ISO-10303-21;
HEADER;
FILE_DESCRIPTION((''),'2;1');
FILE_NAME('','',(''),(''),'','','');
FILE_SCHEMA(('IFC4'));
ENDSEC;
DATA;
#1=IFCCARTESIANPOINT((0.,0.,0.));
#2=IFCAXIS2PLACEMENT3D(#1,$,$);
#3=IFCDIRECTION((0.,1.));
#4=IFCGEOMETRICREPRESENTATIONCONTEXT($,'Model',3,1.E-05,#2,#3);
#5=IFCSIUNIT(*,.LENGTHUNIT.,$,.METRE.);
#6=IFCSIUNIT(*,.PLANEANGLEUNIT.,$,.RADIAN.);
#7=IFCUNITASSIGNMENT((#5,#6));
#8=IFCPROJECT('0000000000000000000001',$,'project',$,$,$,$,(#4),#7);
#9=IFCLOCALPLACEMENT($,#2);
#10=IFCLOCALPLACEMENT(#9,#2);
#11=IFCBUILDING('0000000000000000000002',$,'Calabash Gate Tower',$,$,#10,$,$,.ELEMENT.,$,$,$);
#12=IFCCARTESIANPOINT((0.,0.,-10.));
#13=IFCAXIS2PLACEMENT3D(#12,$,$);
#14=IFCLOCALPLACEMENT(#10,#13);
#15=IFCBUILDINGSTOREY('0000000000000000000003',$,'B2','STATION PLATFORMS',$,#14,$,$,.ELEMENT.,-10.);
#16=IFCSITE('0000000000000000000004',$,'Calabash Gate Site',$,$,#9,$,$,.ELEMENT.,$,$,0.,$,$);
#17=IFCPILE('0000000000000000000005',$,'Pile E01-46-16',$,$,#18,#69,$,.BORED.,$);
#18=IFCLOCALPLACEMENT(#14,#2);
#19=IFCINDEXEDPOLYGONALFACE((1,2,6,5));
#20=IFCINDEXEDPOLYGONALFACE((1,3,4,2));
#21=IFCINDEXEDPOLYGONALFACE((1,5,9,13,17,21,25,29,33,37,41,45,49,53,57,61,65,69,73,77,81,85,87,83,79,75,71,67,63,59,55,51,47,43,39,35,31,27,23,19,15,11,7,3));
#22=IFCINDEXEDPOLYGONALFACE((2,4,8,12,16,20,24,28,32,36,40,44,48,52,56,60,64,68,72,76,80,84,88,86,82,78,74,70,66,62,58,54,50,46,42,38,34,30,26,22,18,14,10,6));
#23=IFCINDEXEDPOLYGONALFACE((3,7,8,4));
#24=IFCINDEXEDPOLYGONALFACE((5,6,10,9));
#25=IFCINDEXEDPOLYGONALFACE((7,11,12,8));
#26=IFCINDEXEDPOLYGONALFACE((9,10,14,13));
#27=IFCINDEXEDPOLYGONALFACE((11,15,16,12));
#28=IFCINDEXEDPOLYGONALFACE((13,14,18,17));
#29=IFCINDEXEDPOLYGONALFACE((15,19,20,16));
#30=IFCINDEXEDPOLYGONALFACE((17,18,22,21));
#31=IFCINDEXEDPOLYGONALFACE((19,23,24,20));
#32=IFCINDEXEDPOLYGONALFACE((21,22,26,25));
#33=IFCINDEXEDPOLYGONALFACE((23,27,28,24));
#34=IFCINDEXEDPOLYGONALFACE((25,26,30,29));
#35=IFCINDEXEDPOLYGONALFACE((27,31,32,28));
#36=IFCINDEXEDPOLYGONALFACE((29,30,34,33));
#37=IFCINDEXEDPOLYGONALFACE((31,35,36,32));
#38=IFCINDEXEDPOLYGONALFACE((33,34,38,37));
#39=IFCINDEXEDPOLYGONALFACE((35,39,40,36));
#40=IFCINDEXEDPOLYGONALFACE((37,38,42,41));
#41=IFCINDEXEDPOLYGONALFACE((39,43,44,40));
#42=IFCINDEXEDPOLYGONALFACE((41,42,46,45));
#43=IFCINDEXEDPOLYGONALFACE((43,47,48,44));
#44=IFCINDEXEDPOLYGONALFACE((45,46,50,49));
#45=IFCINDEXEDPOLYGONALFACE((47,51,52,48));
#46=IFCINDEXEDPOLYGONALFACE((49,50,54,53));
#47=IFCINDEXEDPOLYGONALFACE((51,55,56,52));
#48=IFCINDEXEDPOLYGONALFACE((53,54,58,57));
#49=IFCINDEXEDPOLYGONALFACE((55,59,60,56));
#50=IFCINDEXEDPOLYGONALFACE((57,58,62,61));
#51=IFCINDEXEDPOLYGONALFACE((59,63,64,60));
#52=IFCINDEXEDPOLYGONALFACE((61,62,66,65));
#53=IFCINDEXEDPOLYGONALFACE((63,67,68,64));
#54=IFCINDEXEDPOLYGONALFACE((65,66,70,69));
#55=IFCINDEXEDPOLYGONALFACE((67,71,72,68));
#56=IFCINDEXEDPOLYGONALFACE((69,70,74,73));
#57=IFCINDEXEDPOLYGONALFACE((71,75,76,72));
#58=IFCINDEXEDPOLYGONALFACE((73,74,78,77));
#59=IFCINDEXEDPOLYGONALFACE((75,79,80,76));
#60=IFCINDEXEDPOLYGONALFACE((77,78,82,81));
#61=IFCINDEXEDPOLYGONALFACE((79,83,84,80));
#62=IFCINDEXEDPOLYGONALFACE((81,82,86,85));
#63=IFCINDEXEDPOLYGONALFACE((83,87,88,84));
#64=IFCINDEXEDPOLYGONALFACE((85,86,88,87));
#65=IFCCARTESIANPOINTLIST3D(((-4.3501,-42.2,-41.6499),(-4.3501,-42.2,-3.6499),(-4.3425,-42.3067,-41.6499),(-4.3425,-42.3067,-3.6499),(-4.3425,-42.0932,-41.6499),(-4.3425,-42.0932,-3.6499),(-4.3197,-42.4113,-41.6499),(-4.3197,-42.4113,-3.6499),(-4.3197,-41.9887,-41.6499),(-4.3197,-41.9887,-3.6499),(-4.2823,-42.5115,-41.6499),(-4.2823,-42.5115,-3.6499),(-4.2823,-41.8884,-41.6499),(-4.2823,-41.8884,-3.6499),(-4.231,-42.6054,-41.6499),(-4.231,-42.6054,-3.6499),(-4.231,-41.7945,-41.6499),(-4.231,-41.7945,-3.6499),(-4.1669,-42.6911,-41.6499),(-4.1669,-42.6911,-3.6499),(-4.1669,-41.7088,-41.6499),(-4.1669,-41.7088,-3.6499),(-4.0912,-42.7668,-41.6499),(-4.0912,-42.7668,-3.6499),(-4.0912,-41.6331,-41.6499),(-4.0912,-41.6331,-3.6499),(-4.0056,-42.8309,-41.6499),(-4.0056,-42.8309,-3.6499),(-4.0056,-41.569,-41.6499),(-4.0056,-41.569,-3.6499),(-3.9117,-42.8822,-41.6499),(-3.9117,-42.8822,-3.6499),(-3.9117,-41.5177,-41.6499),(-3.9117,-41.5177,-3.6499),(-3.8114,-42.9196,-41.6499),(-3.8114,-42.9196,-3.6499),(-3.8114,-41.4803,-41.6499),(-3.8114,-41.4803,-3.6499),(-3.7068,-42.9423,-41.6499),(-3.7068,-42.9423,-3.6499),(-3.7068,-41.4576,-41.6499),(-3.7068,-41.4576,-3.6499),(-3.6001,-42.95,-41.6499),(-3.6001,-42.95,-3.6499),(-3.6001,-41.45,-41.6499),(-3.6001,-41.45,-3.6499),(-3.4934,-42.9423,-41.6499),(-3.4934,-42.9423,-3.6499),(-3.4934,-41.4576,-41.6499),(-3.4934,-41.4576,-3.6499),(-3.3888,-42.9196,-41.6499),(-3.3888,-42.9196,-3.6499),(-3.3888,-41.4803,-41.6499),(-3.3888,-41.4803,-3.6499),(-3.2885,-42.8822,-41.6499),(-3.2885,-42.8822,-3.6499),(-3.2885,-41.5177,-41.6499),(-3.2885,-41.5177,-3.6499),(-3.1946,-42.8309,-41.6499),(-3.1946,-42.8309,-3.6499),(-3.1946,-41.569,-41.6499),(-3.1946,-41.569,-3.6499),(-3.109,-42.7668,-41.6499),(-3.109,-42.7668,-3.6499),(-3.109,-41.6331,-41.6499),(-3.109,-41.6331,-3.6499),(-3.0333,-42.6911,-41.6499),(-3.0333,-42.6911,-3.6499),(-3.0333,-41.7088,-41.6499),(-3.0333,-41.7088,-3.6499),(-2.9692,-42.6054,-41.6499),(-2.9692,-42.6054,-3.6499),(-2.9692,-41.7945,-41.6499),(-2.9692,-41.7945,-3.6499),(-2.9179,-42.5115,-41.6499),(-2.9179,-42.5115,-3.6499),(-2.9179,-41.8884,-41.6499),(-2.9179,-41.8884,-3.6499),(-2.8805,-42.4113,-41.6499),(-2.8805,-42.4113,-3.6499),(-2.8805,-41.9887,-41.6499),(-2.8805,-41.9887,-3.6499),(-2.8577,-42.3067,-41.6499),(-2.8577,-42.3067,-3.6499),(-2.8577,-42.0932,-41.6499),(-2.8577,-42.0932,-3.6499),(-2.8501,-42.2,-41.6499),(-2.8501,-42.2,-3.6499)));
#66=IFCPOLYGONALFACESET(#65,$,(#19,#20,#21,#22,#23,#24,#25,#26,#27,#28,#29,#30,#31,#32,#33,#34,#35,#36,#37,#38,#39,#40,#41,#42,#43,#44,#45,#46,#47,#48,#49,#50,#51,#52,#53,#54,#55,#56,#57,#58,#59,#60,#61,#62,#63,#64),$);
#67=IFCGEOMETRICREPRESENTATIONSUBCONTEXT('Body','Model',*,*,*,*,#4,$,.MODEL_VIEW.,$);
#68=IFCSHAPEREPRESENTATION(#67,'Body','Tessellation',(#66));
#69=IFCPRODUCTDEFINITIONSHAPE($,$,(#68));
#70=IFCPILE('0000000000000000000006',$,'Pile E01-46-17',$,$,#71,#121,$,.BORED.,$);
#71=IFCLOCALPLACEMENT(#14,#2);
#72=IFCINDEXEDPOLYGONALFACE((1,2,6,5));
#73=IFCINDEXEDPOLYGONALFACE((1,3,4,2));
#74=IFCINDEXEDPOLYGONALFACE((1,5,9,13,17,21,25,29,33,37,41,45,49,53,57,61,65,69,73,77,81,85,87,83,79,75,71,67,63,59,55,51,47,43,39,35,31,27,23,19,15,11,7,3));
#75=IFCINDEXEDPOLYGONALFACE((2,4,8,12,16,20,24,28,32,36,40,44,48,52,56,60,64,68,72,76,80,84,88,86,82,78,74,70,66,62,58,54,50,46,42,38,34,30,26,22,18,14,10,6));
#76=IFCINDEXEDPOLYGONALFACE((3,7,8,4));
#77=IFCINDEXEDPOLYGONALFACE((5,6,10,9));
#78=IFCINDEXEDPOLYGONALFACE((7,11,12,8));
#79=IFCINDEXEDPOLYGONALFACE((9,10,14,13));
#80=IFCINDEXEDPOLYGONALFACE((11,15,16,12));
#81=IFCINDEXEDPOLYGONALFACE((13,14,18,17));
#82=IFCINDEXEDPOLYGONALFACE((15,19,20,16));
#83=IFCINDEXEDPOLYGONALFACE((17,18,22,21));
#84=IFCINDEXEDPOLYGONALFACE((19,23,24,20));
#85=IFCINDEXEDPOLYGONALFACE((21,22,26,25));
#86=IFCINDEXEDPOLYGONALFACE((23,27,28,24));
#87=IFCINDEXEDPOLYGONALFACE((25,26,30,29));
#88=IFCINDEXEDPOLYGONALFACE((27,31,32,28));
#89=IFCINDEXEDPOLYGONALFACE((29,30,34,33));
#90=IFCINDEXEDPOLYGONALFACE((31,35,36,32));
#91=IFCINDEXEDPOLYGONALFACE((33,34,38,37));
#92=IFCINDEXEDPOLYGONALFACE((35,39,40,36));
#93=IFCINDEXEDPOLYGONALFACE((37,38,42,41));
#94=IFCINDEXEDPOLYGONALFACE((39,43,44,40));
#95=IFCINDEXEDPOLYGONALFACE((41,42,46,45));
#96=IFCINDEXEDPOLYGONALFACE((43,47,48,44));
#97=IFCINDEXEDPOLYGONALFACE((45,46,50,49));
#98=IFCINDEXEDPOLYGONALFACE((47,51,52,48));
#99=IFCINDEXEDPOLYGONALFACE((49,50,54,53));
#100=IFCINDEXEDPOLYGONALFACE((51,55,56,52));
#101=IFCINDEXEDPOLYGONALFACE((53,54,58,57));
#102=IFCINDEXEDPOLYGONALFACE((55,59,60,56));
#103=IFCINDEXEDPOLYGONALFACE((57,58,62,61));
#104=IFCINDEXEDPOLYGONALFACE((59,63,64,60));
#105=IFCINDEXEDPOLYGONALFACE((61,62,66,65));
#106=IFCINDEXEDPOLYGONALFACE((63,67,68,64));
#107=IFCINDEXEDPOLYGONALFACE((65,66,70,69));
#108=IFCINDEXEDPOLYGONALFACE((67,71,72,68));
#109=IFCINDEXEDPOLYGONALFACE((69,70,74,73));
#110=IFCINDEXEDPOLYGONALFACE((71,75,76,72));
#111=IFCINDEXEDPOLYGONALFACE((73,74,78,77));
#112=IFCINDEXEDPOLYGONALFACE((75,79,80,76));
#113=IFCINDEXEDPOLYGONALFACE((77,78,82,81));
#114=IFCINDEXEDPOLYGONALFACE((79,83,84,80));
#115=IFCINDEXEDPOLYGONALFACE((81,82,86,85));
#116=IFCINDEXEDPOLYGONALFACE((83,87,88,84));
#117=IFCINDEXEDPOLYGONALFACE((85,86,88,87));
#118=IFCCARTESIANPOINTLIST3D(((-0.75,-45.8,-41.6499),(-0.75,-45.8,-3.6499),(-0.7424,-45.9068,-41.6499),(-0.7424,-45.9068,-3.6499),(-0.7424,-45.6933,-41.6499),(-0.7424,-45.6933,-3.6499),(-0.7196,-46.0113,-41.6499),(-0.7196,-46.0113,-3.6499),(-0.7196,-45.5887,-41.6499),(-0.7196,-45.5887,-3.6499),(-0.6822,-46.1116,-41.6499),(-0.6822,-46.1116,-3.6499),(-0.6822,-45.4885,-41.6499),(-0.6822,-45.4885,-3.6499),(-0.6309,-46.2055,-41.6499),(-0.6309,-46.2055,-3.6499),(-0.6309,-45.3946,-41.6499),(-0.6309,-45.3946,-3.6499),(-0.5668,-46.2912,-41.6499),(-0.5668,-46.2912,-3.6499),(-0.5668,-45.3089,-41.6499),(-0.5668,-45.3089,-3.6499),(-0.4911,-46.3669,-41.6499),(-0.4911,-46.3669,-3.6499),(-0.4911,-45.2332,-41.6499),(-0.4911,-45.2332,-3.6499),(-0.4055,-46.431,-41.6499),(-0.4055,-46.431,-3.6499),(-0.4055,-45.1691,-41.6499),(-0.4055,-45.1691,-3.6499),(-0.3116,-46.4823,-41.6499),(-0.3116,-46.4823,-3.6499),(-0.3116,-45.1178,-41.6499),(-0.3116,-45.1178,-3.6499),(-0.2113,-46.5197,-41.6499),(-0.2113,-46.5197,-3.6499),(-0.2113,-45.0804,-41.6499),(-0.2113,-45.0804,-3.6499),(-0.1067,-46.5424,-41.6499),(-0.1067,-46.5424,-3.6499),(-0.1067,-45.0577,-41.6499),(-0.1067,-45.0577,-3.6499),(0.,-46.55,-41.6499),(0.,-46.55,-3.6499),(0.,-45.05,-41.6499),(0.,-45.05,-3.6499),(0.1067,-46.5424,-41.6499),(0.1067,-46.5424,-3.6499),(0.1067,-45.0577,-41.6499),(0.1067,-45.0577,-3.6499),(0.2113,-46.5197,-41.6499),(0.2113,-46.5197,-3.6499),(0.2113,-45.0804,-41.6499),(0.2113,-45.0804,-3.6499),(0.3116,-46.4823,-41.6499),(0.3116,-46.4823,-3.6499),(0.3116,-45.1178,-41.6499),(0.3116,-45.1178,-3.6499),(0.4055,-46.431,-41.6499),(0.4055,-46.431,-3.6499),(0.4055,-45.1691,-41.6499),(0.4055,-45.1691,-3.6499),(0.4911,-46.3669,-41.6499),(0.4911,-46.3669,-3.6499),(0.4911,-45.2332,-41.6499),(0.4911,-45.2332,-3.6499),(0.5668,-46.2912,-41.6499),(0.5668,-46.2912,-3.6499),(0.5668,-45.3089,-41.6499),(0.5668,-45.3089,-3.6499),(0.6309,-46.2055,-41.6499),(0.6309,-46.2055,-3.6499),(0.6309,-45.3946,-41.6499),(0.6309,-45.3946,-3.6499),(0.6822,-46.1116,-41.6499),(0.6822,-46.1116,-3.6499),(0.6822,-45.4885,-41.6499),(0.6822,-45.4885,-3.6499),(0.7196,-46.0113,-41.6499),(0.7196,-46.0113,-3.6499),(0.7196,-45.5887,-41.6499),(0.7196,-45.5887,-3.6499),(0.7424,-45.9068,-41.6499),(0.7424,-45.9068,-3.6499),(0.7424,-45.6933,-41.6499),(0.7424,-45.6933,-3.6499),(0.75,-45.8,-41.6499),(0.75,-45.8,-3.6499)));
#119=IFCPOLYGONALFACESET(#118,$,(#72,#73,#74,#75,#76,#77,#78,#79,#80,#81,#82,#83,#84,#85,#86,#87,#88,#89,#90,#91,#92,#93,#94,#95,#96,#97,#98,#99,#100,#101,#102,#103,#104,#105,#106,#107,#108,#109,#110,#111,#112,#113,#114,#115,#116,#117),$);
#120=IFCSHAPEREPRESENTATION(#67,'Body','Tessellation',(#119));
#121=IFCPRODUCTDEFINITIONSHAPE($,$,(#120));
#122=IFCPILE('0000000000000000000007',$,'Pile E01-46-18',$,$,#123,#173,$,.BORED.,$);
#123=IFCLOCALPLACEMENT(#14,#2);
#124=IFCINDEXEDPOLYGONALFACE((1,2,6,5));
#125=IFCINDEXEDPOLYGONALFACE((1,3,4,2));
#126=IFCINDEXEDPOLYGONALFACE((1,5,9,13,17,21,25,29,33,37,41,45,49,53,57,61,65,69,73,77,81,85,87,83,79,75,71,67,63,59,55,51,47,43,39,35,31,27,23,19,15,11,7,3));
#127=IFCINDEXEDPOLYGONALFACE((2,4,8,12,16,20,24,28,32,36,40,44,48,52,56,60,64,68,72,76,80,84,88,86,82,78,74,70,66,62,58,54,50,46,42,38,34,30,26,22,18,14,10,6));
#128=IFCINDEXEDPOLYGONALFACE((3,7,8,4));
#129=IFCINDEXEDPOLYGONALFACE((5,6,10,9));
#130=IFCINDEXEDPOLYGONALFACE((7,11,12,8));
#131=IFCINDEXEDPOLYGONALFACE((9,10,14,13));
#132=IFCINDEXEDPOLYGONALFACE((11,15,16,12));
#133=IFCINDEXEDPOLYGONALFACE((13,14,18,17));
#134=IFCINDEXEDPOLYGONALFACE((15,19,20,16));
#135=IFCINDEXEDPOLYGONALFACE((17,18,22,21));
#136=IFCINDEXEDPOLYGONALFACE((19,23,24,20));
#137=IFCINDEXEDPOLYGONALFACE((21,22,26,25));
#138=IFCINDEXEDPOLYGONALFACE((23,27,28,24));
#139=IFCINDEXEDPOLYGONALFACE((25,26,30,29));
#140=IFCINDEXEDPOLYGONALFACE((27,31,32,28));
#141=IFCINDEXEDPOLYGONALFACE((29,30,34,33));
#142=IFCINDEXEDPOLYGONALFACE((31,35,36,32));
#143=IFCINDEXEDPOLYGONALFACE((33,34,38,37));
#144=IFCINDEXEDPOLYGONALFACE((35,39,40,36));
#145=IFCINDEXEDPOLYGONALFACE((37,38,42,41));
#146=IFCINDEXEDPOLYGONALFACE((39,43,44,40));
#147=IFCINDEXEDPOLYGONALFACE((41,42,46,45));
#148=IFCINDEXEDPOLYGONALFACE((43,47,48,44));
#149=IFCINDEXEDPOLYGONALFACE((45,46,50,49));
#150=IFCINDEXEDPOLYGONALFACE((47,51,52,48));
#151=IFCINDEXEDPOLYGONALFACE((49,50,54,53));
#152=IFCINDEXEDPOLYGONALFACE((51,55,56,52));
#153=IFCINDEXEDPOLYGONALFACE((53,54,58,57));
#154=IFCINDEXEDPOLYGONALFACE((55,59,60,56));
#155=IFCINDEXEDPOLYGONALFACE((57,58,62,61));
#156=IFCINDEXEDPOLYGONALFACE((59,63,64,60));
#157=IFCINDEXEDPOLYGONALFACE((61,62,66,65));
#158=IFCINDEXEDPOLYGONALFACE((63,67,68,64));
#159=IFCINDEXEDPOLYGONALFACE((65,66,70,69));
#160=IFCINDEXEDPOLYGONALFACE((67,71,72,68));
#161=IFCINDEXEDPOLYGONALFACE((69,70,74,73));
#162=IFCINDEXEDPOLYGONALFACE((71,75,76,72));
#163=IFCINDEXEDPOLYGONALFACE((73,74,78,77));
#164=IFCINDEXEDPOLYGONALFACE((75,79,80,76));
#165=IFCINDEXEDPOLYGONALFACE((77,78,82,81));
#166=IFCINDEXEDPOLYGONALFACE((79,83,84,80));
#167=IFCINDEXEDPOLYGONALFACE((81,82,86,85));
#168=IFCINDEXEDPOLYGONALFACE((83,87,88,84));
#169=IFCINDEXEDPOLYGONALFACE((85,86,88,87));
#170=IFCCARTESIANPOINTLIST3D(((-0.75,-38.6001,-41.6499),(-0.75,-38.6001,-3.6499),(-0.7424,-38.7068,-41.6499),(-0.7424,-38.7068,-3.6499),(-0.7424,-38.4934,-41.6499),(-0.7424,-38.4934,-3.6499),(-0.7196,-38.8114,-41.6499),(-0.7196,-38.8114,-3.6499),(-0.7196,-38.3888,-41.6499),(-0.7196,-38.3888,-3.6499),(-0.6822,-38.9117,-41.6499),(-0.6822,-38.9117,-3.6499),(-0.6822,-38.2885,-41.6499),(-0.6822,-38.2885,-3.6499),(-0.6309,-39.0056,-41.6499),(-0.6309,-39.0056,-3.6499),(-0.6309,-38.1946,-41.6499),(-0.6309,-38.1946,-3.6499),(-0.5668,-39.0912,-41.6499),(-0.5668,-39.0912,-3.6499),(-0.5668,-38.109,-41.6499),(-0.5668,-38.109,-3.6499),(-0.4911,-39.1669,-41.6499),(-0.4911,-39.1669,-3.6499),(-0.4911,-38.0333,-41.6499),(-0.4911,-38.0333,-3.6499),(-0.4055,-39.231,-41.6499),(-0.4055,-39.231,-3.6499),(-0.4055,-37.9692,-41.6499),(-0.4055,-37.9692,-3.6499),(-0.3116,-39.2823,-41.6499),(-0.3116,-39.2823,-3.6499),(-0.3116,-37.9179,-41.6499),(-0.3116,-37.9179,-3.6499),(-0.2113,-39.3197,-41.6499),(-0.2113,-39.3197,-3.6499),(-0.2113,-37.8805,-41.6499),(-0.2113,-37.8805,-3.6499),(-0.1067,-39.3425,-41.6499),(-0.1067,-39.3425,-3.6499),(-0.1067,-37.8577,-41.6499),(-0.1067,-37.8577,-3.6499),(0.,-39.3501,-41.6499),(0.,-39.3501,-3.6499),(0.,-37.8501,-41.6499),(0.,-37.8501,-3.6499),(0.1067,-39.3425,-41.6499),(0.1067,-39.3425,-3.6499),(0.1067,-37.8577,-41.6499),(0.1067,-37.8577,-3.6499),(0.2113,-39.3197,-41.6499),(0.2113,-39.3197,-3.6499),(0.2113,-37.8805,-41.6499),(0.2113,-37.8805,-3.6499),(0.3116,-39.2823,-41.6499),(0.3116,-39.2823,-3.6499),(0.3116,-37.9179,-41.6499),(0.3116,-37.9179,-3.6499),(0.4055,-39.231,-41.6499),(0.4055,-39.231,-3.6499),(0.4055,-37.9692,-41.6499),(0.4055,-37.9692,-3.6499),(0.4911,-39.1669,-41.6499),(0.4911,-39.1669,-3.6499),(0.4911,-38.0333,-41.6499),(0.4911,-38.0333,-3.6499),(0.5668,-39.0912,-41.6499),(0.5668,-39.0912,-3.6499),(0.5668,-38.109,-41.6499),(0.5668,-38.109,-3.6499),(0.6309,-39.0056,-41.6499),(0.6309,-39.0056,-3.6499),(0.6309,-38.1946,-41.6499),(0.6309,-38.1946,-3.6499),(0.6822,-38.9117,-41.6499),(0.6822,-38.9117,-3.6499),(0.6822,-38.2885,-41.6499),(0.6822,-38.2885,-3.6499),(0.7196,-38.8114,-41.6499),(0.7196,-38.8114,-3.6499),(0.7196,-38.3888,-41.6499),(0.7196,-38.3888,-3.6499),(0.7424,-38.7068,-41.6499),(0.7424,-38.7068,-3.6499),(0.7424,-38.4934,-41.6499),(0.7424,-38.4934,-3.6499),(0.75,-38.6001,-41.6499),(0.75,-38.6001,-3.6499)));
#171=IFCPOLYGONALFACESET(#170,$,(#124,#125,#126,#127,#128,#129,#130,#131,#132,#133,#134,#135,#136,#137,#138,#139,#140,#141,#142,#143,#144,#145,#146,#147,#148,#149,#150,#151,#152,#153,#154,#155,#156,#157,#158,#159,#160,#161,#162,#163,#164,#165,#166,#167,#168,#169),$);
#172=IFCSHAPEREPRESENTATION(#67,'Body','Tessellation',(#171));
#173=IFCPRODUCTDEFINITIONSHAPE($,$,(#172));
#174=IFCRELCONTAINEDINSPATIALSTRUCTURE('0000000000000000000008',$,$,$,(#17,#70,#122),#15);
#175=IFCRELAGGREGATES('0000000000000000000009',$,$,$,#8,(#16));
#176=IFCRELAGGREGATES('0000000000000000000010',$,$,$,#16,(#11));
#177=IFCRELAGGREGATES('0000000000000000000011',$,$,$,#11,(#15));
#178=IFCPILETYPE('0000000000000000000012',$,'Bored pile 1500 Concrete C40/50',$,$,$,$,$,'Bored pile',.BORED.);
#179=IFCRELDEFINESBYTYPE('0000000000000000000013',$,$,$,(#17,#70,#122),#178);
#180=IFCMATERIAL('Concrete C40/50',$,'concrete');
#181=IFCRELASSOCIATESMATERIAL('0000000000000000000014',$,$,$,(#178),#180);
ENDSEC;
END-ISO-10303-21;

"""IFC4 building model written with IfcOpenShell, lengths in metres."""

from ifc_helpers import new_model, si_unit, direction, frame, origin, origin_2d, place, context, subcontext, project, spatial, circle, extrude, material, material_profile, profile_set, type_object, element, save


model = new_model("IFC4")

# Units and contexts
model_context = context("Model", 3, precision=1e-05, world=origin(), true_north=direction((0.0, 1.0)))
body_context = subcontext(model_context, "Body", "Model", "MODEL_VIEW")
ifc_project = project(units=[si_unit("LENGTHUNIT", "METRE"), si_unit("PLANEANGLEUNIT", "RADIAN")], contexts=[model_context])

# Site, building, storey
site_placement = place(None, origin())
site = spatial("IfcSite", under=ifc_project, at=site_placement, Name="Calabash Gate Site", CompositionType="ELEMENT", RefElevation=0.0)
building_placement = place(site_placement, origin())
building = spatial("IfcBuilding", under=site, at=building_placement, Name="Calabash Gate Tower", CompositionType="ELEMENT")
storey_placement = place(building_placement, frame((0.0, 0.0, -10.0)))
storey = spatial("IfcBuildingStorey", under=building, at=storey_placement, Name="B2", Description="STATION PLATFORMS", CompositionType="ELEMENT", Elevation=-10.0)

# Piles
ifc_material_1 = material(Name="Concrete C40/50", Category="concrete")
ifc_material_profile_1 = material_profile(ifc_material_1, circle(Radius=0.75, at=origin_2d()))
ifc_profile_set_1 = profile_set([ifc_material_profile_1], Name="Concrete C40/50")
pile_type_1 = type_object("IfcPileType", Name="Bored pile 1500 Concrete C40/50", ElementType="Bored pile", PredefinedType="BORED", material=ifc_profile_set_1)
for number, where, z_axis, x_axis, name in (
    (1, (-3.6001, -42.2, -3.6499), (0.0, 0.0, -1.0), (1.0, 0.0, 0.0), "Pile E01-46-16"),
    (2, (0.0, -45.8, -3.6499), (0.0, 0.0, -1.0), (1.0, 0.0, 0.0), "Pile E01-46-17"),
    (3, (0.0, -38.6001, -3.6499), (0.0, 0.0, -1.0), (1.0, 0.0, 0.0), "Pile E01-46-18"),
):
    element("IfcPile", number, at=place(storey_placement, frame(where, z_axis=z_axis, x_axis=x_axis)), inside=storey, type_object=pile_type_1, Name=name, PredefinedType="BORED", context=body_context, shape_type="SweptSolid", body=[
        extrude(circle(Radius=0.75, at=origin_2d()), origin(), (0.0, 0.0, 1.0), 38.0),
    ])

save(model, "model.ifc")
